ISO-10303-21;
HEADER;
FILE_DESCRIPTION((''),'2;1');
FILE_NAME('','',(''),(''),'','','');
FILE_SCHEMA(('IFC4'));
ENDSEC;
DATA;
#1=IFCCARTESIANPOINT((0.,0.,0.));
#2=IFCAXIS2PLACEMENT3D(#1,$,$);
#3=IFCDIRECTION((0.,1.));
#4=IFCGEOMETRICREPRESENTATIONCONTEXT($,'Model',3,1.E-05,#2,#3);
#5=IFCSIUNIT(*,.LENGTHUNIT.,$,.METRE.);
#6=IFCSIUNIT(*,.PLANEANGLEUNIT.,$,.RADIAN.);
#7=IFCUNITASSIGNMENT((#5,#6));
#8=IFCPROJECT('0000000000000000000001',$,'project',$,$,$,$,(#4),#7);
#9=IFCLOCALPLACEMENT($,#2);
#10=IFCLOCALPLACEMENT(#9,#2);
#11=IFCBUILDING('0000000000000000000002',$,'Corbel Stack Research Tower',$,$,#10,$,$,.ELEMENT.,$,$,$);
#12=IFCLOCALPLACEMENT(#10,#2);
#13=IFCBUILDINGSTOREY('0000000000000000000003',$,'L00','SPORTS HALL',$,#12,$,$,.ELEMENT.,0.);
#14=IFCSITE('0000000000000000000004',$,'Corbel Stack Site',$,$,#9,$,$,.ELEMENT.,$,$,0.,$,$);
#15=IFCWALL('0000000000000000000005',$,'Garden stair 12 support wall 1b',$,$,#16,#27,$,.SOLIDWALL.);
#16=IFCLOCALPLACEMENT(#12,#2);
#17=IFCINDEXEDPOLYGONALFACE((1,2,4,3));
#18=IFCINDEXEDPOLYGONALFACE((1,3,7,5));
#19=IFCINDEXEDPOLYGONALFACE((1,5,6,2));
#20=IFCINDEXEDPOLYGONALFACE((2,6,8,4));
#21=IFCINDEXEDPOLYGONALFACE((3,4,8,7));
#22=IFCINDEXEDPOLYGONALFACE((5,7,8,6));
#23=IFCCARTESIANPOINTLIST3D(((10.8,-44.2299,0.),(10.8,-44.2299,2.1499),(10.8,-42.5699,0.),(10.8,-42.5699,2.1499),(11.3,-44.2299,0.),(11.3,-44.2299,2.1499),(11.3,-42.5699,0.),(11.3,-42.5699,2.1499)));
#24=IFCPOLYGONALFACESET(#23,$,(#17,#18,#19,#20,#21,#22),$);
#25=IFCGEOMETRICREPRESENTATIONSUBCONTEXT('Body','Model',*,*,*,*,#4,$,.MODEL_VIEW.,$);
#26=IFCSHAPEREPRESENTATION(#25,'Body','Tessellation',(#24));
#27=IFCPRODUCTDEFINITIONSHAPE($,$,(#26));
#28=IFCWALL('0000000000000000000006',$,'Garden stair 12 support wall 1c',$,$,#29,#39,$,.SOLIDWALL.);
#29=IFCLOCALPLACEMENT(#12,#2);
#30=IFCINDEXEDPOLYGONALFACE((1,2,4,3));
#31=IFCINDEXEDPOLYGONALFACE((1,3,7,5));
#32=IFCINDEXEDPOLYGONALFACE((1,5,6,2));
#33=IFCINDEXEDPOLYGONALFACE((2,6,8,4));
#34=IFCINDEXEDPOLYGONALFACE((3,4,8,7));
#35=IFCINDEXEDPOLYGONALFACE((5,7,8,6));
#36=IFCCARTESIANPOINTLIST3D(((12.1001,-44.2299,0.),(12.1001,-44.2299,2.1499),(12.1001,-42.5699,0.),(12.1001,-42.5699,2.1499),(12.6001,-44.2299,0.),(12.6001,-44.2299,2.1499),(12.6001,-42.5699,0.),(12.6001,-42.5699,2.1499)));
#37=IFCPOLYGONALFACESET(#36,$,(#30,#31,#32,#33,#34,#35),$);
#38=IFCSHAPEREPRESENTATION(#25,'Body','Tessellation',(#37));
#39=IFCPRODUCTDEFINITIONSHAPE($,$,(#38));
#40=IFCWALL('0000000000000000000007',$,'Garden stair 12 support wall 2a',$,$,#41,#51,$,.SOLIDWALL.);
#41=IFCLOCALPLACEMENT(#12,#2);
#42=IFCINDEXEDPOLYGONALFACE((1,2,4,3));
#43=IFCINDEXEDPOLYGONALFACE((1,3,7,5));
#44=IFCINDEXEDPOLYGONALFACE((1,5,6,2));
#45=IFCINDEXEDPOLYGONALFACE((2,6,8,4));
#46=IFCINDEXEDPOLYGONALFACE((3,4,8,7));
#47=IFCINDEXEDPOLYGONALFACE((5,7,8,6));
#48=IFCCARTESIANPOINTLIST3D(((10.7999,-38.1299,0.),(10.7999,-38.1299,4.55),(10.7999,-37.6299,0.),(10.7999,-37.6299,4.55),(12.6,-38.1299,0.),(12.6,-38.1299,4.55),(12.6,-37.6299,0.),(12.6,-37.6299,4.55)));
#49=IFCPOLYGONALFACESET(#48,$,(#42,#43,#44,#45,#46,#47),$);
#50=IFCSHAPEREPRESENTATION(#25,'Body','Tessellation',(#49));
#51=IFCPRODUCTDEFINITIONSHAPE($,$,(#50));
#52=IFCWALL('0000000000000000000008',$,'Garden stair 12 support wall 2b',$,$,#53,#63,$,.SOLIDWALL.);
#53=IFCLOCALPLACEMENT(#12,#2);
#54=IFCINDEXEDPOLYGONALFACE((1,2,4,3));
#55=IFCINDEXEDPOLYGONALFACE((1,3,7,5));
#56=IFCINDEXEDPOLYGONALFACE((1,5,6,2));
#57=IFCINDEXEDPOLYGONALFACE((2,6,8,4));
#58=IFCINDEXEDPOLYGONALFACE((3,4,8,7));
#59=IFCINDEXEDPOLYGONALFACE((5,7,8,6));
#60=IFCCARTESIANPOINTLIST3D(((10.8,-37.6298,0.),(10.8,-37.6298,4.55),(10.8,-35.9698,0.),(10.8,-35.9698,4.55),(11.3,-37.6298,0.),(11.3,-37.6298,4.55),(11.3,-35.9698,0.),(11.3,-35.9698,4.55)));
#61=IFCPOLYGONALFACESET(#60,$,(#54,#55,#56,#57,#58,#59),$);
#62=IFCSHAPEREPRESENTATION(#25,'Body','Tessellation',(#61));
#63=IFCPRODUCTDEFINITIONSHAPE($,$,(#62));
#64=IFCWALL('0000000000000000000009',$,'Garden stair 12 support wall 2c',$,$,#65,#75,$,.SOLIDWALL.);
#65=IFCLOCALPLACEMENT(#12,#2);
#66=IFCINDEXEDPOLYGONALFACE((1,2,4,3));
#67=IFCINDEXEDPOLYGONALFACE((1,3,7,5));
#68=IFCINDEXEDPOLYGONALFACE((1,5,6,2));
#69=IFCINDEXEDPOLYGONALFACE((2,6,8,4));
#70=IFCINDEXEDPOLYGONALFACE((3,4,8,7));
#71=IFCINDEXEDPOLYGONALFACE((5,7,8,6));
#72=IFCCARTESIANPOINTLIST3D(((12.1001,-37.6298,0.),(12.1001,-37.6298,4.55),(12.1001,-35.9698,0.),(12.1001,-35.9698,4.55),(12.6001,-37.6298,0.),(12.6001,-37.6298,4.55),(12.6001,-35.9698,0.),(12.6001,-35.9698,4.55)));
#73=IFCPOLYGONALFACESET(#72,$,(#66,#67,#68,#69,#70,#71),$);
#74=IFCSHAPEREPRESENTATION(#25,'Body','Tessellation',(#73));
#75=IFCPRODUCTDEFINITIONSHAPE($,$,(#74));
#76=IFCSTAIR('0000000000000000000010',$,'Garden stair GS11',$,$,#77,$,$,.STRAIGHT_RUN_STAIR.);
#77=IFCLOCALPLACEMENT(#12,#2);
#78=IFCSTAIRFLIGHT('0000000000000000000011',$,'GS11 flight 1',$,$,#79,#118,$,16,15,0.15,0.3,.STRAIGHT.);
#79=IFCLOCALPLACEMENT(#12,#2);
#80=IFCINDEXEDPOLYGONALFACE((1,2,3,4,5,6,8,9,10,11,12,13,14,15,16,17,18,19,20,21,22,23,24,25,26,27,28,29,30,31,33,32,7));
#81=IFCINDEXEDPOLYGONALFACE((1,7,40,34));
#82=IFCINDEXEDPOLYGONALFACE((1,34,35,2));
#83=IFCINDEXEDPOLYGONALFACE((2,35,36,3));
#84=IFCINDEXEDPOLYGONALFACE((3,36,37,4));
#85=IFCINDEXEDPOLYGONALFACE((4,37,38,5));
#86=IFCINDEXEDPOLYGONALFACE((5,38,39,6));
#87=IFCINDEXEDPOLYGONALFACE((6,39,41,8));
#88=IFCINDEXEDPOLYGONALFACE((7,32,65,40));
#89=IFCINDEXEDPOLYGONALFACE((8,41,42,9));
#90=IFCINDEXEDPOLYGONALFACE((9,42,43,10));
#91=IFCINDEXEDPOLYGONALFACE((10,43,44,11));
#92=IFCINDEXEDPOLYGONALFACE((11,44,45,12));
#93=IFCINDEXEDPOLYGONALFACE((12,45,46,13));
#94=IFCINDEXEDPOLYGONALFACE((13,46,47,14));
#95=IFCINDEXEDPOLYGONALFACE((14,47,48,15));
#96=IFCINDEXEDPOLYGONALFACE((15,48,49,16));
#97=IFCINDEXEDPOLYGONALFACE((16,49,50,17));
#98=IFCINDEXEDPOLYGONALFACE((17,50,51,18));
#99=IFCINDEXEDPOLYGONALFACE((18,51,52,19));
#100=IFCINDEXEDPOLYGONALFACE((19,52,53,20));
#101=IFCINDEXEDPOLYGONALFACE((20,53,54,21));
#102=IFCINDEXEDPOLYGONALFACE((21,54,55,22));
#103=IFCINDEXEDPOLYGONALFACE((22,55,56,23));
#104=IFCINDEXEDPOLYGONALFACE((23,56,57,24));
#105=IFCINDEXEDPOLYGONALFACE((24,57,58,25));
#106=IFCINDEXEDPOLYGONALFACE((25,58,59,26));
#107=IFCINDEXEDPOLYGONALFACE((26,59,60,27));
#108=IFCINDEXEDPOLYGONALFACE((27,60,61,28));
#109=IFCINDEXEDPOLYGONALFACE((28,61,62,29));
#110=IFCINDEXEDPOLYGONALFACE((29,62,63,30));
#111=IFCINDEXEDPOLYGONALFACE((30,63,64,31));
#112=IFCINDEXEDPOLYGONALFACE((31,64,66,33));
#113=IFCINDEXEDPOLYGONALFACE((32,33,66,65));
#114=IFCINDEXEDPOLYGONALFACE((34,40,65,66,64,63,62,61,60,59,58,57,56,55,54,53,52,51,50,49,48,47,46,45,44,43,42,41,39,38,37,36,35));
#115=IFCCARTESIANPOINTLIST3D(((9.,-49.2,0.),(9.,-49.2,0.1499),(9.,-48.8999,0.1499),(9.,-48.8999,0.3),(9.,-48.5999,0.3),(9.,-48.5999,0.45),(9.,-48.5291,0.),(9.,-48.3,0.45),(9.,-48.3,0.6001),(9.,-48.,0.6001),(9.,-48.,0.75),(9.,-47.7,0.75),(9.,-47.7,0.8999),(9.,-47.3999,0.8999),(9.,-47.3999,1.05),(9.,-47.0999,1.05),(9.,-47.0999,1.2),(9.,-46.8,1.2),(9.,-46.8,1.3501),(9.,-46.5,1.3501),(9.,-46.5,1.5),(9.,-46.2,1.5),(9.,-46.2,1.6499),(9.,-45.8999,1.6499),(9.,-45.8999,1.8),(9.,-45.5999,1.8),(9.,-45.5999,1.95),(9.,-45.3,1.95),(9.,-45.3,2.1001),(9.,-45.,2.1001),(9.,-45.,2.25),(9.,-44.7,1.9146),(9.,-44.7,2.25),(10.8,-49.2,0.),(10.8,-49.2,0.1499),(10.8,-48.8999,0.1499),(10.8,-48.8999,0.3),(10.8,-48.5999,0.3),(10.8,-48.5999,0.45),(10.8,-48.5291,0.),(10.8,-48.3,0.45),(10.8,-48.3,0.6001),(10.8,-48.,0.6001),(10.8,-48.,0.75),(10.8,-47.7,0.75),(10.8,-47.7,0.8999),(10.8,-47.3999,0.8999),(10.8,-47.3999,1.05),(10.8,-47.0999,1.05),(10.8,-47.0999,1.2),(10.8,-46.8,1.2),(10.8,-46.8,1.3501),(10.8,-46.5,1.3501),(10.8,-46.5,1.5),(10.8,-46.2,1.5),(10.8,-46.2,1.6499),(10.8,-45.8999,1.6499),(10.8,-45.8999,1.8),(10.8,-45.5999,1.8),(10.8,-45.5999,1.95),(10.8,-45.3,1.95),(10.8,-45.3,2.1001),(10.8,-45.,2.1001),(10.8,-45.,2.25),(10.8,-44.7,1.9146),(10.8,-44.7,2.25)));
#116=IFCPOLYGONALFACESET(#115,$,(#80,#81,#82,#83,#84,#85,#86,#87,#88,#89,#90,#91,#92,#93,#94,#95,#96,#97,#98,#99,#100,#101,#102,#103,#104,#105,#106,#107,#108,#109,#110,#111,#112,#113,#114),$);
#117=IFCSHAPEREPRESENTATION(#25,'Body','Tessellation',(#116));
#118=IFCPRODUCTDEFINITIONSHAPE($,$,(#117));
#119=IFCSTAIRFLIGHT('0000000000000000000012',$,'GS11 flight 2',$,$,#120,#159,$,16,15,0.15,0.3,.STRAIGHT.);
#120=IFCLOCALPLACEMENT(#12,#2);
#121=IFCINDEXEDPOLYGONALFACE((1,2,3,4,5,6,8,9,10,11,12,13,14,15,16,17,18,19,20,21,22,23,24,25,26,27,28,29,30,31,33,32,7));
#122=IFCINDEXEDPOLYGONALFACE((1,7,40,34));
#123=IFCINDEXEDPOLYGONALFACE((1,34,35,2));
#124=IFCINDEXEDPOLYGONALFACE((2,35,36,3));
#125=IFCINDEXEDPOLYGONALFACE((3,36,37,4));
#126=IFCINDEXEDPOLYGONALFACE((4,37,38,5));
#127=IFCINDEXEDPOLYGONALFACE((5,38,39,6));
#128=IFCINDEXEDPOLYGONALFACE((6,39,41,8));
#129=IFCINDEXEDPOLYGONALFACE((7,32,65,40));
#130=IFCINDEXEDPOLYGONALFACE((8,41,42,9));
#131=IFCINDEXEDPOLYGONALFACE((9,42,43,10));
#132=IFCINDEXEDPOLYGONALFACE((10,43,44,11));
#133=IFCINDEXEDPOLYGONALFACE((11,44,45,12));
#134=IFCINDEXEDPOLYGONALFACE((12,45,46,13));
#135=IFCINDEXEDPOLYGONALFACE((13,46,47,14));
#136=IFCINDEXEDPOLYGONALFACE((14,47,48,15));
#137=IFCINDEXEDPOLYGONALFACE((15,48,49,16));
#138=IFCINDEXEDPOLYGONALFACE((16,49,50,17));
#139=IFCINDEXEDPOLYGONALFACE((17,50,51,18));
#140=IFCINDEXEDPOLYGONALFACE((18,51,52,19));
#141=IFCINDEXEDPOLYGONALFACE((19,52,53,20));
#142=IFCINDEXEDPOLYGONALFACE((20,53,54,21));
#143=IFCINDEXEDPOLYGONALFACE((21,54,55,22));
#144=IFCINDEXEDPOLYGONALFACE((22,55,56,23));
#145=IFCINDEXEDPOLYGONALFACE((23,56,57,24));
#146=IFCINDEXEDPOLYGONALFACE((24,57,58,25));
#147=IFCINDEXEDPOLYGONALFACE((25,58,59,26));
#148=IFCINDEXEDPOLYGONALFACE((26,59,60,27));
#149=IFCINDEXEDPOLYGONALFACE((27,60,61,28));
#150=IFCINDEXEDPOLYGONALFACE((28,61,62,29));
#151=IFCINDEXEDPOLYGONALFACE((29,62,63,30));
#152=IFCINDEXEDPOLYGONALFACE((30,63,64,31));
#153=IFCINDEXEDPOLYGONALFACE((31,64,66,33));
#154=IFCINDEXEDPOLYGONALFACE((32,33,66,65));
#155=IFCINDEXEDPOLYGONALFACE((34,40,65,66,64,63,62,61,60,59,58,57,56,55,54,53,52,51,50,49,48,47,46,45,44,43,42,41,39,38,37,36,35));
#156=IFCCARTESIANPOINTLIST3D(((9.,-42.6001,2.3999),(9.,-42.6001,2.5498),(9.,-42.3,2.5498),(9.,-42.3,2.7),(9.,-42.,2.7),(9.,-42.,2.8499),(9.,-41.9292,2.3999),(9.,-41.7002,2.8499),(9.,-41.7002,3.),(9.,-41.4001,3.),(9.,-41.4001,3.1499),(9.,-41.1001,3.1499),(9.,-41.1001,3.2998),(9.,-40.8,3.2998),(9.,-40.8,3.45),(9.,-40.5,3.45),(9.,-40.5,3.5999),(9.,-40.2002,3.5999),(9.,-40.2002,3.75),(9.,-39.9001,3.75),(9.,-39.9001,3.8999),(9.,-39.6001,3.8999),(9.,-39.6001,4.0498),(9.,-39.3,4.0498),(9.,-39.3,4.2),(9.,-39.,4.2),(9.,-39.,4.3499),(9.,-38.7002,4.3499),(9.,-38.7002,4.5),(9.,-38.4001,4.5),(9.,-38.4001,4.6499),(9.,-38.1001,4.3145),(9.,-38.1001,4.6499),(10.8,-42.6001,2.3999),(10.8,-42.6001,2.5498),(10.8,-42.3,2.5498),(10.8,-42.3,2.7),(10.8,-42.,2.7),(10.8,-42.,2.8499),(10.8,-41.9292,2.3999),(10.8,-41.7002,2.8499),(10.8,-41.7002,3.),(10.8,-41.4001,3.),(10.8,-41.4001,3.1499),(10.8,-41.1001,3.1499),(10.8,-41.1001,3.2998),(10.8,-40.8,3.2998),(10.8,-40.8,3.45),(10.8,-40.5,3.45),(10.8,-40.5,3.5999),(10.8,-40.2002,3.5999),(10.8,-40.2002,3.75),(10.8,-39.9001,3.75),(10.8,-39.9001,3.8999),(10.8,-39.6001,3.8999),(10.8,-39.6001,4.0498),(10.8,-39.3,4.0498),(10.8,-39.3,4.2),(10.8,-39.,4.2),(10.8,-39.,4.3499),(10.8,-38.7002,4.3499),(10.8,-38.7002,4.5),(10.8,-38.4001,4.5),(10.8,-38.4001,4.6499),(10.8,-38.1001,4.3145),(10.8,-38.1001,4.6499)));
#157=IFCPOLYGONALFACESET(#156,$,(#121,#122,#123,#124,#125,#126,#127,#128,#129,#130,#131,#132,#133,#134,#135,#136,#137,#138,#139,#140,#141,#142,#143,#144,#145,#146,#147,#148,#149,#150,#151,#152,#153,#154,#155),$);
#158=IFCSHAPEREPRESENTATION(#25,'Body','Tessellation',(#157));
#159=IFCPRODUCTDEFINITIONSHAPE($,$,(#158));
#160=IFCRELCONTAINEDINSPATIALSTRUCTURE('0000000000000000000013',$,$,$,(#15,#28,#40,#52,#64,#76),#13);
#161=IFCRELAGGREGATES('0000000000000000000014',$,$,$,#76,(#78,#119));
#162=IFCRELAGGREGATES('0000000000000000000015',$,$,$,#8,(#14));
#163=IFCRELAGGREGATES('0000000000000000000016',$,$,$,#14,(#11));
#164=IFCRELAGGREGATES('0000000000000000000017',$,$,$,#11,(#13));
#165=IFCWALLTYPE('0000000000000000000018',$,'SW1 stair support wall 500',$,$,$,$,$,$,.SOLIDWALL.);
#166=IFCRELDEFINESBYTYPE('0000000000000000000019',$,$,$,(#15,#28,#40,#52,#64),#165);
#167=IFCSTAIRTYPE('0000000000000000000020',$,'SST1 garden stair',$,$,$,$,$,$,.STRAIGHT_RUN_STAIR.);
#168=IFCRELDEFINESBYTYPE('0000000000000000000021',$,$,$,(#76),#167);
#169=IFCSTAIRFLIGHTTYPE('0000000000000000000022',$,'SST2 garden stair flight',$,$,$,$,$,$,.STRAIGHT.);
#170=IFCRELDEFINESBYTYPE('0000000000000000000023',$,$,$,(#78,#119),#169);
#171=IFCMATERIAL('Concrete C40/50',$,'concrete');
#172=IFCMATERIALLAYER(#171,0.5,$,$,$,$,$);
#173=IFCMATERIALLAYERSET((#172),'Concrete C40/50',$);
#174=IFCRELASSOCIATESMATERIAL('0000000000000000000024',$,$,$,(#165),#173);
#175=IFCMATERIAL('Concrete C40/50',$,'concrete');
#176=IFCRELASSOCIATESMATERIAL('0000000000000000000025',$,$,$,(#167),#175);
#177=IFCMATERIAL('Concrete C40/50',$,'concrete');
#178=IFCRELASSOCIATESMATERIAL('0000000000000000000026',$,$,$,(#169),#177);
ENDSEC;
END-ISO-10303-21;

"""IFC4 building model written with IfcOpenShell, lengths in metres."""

from ifc_helpers import new_model, si_unit, direction, frame, frame_2d, origin, place, context, subcontext, project, spatial, polyline, rectangle, outline, extrude, material, layer, layer_set, type_object, element, aggregate, save


model = new_model("IFC4")

# Units and contexts
model_context = context("Model", 3, precision=1e-05, world=origin(), true_north=direction((0.0, 1.0)))
body_context = subcontext(model_context, "Body", "Model", "MODEL_VIEW")
ifc_project = project(units=[si_unit("LENGTHUNIT", "METRE"), si_unit("PLANEANGLEUNIT", "RADIAN")], contexts=[model_context])

# Site, building, storey
site_placement = place(None, origin())
site = spatial("IfcSite", under=ifc_project, at=site_placement, Name="Corbel Stack Site", CompositionType="ELEMENT", RefElevation=0.0)
building_placement = place(site_placement, origin())
building = spatial("IfcBuilding", under=site, at=building_placement, Name="Corbel Stack Research Tower", CompositionType="ELEMENT")
storey_placement = place(building_placement, origin())
storey = spatial("IfcBuildingStorey", under=building, at=storey_placement, Name="L00", Description="SPORTS HALL", CompositionType="ELEMENT", Elevation=0.0)

# Walls
ifc_material_1 = material(Name="Concrete C40/50", Category="concrete")
ifc_layer_1 = layer(ifc_material_1, 0.5)
ifc_layer_set_1 = layer_set([ifc_layer_1], Name="Concrete C40/50")
wall_type = type_object("IfcWallType", Name="SW1 stair support wall 500", PredefinedType="SOLIDWALL", material=ifc_layer_set_1)
for number, where, z_axis, x_axis, name in (
    (1, (11.05, -44.23, 0.0), (0.0, 0.0, 1.0), (0.0, 1.0, 0.0), "Garden stair 12 support wall 1b"),
    (2, (12.3501, -44.23, 0.0), (0.0, 0.0, 1.0), (0.0, 1.0, 0.0), "Garden stair 12 support wall 1c"),
):
    element("IfcWall", number, at=place(storey_placement, frame(where, z_axis=z_axis, x_axis=x_axis)), inside=storey, type_object=wall_type, Name=name, PredefinedType="SOLIDWALL", context=body_context, shape_type="SweptSolid", body=[
        extrude(rectangle(XDim=1.6599, YDim=0.5, at=frame_2d((0.8301, 0.0))), origin(), (0.0, 0.0, 1.0), 2.1499),
    ])
wall_1_placement = place(storey_placement, frame((10.8, -37.8799, 0.0), z_axis=(0.0, 0.0, 1.0), x_axis=(1.0, 0.0, 0.0)))
element("IfcWall", 3, at=wall_1_placement, inside=storey, type_object=wall_type, Name="Garden stair 12 support wall 2a", PredefinedType="SOLIDWALL", context=body_context, shape_type="SweptSolid", body=[
    extrude(rectangle(XDim=1.8, YDim=0.5, at=frame_2d((0.8999, 0.0))), origin(), (0.0, 0.0, 1.0), 4.55),
])
for number, where, z_axis, x_axis, name in (
    (4, (11.05, -37.6299, 0.0), (0.0, 0.0, 1.0), (0.0, 1.0, 0.0), "Garden stair 12 support wall 2b"),
    (5, (12.3501, -37.6299, 0.0), (0.0, 0.0, 1.0), (0.0, 1.0, 0.0), "Garden stair 12 support wall 2c"),
):
    element("IfcWall", number, at=place(storey_placement, frame(where, z_axis=z_axis, x_axis=x_axis)), inside=storey, type_object=wall_type, Name=name, PredefinedType="SOLIDWALL", context=body_context, shape_type="SweptSolid", body=[
        extrude(rectangle(XDim=1.6599, YDim=0.5, at=frame_2d((0.8301, 0.0))), origin(), (0.0, 0.0, 1.0), 4.55),
    ])

# Stair, stair flights
ifc_material_2 = material(Name="Concrete C40/50", Category="concrete")
stair_type = type_object("IfcStairType", Name="SST1 garden stair", PredefinedType="STRAIGHT_RUN_STAIR", material=ifc_material_2)
stair_1_placement = place(storey_placement, origin())
stair_1 = element("IfcStair", 6, at=stair_1_placement, inside=storey, type_object=stair_type, Name="Garden stair GS11", PredefinedType="STRAIGHT_RUN_STAIR")
ifc_material_3 = material(Name="Concrete C40/50", Category="concrete")
stair_flight_type = type_object("IfcStairFlightType", Name="SST2 garden stair flight", PredefinedType="STRAIGHT", material=ifc_material_3)
stair_flight_1_placement = place(storey_placement, frame((9.8999, -49.2, 0.0), z_axis=(0.0, 0.0, 1.0), x_axis=(0.0, 1.0, 0.0)))
stair_flight_1 = element("IfcStairFlight", 7, at=stair_flight_1_placement, type_object=stair_flight_type, Name="GS11 flight 1", NumberOfRisers=16, NumberOfTreads=15, PredefinedType="STRAIGHT", RiserHeight=0.15, TreadLength=0.3, context=body_context, shape_type="SweptSolid", body=[
    extrude(outline(polyline([(0.0, 0.0), (0.0, 0.1499), (0.3, 0.1499), (0.3, 0.3), (0.6001, 0.3), (0.6001, 0.45), (0.8999, 0.45), (0.8999, 0.6001), (1.2, 0.6001), (1.2, 0.75), (1.5, 0.75), (1.5, 0.8999), (1.8, 0.8999), (1.8, 1.05), (2.1001, 1.05), (2.1001, 1.2), (2.3999, 1.2), (2.3999, 1.3501), (2.7, 1.3501), (2.7, 1.5), (3.0, 1.5), (3.0, 1.6499), (3.3, 1.6499), (3.3, 1.8), (3.6001, 1.8), (3.6001, 1.95), (3.8999, 1.95), (3.8999, 2.1001), (4.2, 2.1001), (4.2, 2.25), (4.5, 2.25), (4.5, 2.3999), (4.5, 1.9146), (0.6709, 0.0), (0.0, 0.0)])), frame((0.0, 0.8999, 0.0), z_axis=(0.0, -1.0, 0.0), x_axis=(1.0, 0.0, 0.0)), (0.0, 0.0, 1.0), 1.8),
])
stair_flight_2_placement = place(storey_placement, frame((9.8999, -42.6001, 2.3999), z_axis=(0.0, 0.0, 1.0), x_axis=(0.0, 1.0, 0.0)))
stair_flight_2 = element("IfcStairFlight", 8, at=stair_flight_2_placement, type_object=stair_flight_type, Name="GS11 flight 2", NumberOfRisers=16, NumberOfTreads=15, PredefinedType="STRAIGHT", RiserHeight=0.15, TreadLength=0.3, context=body_context, shape_type="SweptSolid", body=[
    extrude(outline(polyline([(0.0, 0.0), (0.0, 0.1499), (0.3, 0.1499), (0.3, 0.3), (0.6001, 0.3), (0.6001, 0.45), (0.8999, 0.45), (0.8999, 0.6001), (1.2, 0.6001), (1.2, 0.75), (1.5, 0.75), (1.5, 0.8999), (1.8, 0.8999), (1.8, 1.05), (2.1001, 1.05), (2.1001, 1.2), (2.3999, 1.2), (2.3999, 1.3501), (2.7, 1.3501), (2.7, 1.5), (3.0, 1.5), (3.0, 1.6499), (3.3, 1.6499), (3.3, 1.8), (3.6001, 1.8), (3.6001, 1.95), (3.8999, 1.95), (3.8999, 2.1001), (4.2, 2.1001), (4.2, 2.25), (4.5, 2.25), (4.5, 2.3999), (4.5, 1.9146), (0.6709, 0.0), (0.0, 0.0)])), frame((0.0, 0.8999, 0.0), z_axis=(0.0, -1.0, 0.0), x_axis=(1.0, 0.0, 0.0)), (0.0, 0.0, 1.0), 1.8),
])
aggregate(stair_1, [stair_flight_1, stair_flight_2])

save(model, "model.ifc")
